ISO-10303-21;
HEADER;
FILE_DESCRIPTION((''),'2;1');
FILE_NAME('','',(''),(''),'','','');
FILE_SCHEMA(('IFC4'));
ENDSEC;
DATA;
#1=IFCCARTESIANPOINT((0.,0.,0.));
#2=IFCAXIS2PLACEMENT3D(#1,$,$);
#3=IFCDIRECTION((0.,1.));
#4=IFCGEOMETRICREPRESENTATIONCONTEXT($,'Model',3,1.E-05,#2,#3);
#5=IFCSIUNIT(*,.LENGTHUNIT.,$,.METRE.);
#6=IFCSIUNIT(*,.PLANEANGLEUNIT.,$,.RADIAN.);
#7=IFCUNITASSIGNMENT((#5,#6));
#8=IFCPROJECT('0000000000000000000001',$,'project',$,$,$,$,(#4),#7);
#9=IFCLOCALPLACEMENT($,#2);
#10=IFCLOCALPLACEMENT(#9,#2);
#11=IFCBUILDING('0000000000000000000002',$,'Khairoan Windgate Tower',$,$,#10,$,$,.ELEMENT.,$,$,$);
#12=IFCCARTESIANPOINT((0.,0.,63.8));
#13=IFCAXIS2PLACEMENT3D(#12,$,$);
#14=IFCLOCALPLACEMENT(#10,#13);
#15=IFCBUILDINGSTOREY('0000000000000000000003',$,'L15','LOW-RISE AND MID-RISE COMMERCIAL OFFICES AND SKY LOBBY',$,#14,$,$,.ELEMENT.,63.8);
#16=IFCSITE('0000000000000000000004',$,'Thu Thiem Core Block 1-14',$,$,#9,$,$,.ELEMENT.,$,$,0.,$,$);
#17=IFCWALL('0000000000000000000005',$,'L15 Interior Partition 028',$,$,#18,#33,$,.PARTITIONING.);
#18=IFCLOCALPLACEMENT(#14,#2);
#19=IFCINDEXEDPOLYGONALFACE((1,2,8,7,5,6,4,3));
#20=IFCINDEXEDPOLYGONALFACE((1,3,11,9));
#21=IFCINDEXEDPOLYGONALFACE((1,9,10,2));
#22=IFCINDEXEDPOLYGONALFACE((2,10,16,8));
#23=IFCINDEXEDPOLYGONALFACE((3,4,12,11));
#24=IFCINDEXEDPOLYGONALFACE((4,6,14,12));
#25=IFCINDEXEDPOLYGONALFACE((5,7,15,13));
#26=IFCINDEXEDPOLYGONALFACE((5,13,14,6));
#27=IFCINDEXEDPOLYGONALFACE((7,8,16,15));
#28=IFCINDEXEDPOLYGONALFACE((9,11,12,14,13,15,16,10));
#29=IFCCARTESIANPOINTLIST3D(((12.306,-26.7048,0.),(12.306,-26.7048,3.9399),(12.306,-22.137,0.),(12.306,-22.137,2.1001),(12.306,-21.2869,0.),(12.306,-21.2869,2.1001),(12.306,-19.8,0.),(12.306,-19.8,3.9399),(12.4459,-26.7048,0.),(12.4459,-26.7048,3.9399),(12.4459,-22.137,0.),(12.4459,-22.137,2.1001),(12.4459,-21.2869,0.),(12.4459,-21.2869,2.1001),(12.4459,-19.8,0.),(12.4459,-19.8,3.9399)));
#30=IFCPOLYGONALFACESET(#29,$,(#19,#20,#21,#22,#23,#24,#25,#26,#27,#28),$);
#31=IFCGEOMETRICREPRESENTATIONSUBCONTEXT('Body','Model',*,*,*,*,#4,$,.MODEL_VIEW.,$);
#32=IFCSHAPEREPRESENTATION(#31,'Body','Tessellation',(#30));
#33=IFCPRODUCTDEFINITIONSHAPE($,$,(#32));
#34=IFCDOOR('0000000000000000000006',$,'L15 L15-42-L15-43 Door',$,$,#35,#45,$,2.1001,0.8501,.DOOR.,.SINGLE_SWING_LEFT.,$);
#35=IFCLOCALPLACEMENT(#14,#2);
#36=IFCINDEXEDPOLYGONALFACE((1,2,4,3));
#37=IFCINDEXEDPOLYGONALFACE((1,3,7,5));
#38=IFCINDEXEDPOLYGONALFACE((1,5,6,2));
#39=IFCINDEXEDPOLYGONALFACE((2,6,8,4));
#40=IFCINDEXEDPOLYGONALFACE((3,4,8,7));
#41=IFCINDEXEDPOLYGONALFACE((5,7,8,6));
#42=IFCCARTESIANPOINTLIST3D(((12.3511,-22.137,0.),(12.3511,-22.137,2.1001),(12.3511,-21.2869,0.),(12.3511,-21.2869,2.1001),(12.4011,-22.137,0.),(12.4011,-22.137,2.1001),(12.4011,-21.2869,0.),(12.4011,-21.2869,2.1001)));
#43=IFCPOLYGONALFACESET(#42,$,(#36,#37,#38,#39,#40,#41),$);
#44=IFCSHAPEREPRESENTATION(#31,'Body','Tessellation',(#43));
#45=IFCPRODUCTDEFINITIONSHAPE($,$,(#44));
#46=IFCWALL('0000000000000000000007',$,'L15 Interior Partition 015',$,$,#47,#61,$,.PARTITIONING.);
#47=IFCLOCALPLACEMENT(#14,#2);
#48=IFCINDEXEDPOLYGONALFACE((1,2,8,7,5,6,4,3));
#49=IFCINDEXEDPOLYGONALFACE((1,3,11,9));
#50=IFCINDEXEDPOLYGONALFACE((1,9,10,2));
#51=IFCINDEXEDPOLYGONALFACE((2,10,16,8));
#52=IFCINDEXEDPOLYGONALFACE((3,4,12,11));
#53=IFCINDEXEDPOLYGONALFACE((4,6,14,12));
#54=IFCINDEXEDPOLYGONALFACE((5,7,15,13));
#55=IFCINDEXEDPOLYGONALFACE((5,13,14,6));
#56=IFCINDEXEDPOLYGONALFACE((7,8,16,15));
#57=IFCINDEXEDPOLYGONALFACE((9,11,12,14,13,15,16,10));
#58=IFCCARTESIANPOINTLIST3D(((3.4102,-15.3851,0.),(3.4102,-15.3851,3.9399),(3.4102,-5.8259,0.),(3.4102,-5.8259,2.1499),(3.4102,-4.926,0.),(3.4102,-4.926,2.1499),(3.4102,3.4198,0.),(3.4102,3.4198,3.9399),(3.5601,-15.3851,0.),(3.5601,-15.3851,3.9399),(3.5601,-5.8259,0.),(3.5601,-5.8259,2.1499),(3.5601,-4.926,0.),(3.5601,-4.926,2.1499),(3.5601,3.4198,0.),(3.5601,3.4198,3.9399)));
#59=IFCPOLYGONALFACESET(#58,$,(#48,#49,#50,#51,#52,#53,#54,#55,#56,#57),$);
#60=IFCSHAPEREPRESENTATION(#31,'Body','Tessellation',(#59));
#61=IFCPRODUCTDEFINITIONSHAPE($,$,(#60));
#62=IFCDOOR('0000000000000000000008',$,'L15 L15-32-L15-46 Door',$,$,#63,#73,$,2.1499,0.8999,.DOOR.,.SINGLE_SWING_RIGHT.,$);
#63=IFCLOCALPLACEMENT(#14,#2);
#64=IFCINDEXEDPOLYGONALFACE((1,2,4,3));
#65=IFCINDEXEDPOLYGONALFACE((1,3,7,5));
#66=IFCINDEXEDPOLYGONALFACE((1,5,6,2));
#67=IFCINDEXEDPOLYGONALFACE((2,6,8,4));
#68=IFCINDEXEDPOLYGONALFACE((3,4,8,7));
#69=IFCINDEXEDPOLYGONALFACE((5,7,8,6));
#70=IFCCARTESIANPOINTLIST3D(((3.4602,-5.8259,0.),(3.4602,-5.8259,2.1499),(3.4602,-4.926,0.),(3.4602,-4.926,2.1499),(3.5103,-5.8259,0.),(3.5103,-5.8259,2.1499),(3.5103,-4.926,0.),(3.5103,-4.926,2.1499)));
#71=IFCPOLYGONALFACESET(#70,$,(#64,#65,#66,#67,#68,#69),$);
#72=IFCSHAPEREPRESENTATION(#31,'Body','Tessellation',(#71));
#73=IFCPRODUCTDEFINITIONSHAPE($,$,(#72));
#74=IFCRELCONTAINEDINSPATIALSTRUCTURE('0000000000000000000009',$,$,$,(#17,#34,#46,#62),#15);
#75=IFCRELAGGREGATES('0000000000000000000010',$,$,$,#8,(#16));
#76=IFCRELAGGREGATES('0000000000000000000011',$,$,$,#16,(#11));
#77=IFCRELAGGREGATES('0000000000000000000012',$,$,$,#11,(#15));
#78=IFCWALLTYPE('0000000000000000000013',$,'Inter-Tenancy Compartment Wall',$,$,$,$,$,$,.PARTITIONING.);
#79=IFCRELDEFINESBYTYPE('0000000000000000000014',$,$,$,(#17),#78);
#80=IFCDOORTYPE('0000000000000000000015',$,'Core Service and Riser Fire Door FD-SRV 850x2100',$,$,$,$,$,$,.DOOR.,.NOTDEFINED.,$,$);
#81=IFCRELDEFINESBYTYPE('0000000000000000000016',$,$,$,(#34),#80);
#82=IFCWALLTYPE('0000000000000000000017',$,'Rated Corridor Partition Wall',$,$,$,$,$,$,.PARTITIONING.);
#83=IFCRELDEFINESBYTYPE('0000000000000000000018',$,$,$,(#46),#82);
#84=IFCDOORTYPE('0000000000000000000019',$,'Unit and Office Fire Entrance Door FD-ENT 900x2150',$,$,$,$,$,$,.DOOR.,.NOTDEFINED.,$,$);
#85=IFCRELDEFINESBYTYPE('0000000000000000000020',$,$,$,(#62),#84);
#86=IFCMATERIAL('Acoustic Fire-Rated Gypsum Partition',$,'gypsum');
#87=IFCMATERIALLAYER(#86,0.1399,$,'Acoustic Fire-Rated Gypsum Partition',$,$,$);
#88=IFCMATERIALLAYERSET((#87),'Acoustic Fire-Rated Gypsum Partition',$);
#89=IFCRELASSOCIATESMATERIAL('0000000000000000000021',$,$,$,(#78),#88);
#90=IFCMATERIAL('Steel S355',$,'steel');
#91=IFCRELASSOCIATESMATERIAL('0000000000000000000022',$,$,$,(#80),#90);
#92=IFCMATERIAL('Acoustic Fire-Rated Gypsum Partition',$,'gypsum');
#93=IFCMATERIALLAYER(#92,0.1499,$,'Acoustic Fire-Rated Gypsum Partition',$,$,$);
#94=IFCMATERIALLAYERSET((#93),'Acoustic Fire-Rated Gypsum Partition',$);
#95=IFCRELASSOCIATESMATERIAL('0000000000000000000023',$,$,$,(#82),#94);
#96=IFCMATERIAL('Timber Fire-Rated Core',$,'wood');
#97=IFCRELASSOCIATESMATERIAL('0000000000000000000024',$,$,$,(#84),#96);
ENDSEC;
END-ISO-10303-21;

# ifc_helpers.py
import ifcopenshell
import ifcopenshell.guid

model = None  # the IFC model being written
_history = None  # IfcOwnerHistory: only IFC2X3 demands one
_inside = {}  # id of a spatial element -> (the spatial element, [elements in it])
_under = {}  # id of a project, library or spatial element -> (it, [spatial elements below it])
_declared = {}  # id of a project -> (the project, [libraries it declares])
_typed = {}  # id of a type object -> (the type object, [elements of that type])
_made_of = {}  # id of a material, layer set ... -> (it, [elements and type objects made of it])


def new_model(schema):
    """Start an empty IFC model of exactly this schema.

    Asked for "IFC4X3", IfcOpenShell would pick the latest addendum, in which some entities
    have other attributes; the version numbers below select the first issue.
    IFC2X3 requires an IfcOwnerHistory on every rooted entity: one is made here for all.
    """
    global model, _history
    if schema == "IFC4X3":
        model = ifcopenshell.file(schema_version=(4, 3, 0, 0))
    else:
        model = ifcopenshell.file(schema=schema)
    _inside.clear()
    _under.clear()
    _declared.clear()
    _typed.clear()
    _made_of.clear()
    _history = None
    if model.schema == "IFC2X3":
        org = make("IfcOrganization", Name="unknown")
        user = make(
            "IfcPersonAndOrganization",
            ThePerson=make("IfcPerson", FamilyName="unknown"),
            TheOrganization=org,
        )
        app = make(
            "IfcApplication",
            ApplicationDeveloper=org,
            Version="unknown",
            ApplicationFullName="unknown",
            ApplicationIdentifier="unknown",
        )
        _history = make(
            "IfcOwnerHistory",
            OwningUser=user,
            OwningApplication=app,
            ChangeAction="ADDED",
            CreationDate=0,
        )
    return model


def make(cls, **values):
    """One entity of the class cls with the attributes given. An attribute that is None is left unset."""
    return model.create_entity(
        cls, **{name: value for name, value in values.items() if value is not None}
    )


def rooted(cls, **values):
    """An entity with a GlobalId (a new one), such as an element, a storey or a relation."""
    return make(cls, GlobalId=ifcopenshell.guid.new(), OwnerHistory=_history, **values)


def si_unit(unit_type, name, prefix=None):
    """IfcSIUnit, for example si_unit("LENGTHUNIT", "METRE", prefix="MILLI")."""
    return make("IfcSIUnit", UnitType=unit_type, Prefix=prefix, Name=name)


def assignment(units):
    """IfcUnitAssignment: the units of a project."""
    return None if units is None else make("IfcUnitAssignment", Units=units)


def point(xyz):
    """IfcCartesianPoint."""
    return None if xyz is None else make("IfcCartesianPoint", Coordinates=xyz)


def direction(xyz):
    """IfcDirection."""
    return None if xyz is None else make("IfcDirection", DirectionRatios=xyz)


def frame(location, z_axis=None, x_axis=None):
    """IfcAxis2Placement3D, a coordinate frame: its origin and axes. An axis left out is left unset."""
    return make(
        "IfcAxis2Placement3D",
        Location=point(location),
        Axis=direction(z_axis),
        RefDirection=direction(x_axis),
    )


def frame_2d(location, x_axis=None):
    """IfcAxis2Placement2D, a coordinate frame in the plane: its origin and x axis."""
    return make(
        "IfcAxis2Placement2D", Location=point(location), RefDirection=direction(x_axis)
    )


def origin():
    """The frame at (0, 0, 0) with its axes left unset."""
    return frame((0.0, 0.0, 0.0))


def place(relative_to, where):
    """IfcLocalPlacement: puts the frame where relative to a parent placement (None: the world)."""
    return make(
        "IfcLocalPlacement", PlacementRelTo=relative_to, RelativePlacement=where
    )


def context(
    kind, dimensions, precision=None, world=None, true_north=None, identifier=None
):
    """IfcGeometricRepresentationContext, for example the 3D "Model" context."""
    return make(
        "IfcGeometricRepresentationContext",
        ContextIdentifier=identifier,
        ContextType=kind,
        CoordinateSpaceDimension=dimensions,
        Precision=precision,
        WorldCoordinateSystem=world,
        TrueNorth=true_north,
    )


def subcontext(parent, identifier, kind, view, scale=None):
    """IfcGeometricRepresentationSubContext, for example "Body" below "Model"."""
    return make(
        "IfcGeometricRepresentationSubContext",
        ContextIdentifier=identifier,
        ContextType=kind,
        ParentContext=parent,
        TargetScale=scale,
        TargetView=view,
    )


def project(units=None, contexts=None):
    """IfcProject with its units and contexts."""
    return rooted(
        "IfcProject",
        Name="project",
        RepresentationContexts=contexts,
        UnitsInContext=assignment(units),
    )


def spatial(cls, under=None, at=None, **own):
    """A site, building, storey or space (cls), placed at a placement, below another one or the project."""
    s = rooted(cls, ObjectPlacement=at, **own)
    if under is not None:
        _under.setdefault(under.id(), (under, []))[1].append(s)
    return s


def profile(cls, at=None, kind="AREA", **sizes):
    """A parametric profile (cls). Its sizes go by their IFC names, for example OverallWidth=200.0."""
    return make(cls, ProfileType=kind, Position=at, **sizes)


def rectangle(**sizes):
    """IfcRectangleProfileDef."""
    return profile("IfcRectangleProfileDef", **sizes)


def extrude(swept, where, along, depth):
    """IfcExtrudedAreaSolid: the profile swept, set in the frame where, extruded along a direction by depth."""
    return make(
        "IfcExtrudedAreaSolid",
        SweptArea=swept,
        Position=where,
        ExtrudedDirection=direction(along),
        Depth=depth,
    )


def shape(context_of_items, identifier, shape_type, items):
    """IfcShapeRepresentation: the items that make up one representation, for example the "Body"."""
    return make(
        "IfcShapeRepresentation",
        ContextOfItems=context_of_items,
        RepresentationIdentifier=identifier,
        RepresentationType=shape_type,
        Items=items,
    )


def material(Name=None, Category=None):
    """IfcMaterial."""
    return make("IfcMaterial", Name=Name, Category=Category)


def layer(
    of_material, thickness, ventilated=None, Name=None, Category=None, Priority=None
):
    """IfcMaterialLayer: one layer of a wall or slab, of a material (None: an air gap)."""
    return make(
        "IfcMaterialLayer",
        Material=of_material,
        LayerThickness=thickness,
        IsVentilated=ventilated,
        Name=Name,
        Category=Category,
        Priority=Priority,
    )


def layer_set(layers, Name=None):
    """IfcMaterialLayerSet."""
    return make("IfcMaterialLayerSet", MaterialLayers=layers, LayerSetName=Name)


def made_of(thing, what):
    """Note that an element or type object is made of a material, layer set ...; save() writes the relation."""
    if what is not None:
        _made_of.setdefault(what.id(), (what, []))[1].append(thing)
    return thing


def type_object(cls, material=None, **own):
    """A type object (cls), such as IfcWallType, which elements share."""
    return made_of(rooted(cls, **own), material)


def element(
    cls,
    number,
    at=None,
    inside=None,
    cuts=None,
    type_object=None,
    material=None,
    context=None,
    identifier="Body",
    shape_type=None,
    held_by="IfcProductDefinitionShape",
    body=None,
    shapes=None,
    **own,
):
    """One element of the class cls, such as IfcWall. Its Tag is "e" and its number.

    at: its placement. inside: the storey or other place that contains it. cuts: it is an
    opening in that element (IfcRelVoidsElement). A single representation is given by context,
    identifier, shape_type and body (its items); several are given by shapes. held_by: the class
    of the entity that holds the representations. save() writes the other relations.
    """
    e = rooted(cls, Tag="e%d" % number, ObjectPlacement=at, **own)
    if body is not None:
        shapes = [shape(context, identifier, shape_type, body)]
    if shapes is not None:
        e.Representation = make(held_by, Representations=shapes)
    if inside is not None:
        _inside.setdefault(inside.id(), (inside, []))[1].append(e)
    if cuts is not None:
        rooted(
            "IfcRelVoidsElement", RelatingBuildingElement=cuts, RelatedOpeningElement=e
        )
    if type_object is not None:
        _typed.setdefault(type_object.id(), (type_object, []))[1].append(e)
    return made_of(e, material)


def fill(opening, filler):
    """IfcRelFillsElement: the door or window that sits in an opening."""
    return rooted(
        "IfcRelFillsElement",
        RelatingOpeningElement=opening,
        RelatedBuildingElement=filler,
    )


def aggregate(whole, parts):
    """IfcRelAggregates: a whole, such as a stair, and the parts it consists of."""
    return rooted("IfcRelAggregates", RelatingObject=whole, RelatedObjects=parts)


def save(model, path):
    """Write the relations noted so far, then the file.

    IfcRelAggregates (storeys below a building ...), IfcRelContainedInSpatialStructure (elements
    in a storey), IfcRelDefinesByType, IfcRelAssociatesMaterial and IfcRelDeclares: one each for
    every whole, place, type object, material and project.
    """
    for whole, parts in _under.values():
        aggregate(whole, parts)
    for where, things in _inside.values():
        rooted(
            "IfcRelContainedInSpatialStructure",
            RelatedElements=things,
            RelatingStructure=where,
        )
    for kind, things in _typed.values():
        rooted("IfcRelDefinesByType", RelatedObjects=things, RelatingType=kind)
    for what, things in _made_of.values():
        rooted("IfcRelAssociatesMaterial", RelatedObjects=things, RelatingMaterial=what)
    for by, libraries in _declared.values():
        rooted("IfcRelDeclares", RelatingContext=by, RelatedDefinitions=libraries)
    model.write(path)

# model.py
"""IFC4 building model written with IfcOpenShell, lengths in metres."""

from ifc_helpers import new_model, si_unit, direction, frame, frame_2d, origin, place, context, subcontext, project, spatial, rectangle, extrude, material, layer, layer_set, type_object, element, fill, save


model = new_model("IFC4")

# Units and contexts
model_context = context("Model", 3, precision=1e-05, world=origin(), true_north=direction((0.0, 1.0)))
body_context = subcontext(model_context, "Body", "Model", "MODEL_VIEW")
ifc_project = project(units=[si_unit("LENGTHUNIT", "METRE"), si_unit("PLANEANGLEUNIT", "RADIAN")], contexts=[model_context])

# Site, building, storey
site_placement = place(None, origin())
site = spatial("IfcSite", under=ifc_project, at=site_placement, Name="Thu Thiem Core Block 1-14", CompositionType="ELEMENT", RefElevation=0.0)
building_placement = place(site_placement, origin())
building = spatial("IfcBuilding", under=site, at=building_placement, Name="Khairoan Windgate Tower", CompositionType="ELEMENT")
storey_placement = place(building_placement, frame((0.0, 0.0, 63.8)))
storey = spatial("IfcBuildingStorey", under=building, at=storey_placement, Name="L15", Description="LOW-RISE AND MID-RISE COMMERCIAL OFFICES AND SKY LOBBY", CompositionType="ELEMENT", Elevation=63.8)

# Walls, openings, doors
ifc_material_1 = material(Name="Acoustic Fire-Rated Gypsum Partition", Category="gypsum")
ifc_layer_1 = layer(ifc_material_1, 0.1399, Name="Acoustic Fire-Rated Gypsum Partition")
ifc_layer_set_1 = layer_set([ifc_layer_1], Name="Acoustic Fire-Rated Gypsum Partition")
wall_type_1 = type_object("IfcWallType", Name="Inter-Tenancy Compartment Wall", PredefinedType="PARTITIONING", material=ifc_layer_set_1)
wall_1_placement = place(storey_placement, frame((12.376, -26.7048, 0.0), z_axis=(0.0, 0.0, 1.0), x_axis=(0.0, 1.0, 0.0)))
wall_1 = element("IfcWall", 1, at=wall_1_placement, inside=storey, type_object=wall_type_1, Name="L15 Interior Partition 028", PredefinedType="PARTITIONING", context=body_context, shape_type="SweptSolid", body=[
    extrude(rectangle(XDim=6.9048, YDim=0.1399, at=frame_2d((3.4524, 0.0))), origin(), (0.0, 0.0, 1.0), 3.9399),
])
opening_1_placement = place(wall_1_placement, frame((4.5679, 0.0, 0.0)))
opening_1 = element("IfcOpeningElement", 2, at=opening_1_placement, cuts=wall_1, PredefinedType="OPENING", context=body_context, shape_type="SweptSolid", body=[
    extrude(rectangle(XDim=0.8501, YDim=2.1001, at=frame_2d((0.425, 1.05))), frame((0.0, 0.0798, 0.0), z_axis=(0.0, -1.0, 0.0), x_axis=(1.0, 0.0, 0.0)), (0.0, 0.0, 1.0), 0.1599),
])
ifc_material_2 = material(Name="Steel S355", Category="steel")
door_type_1 = type_object("IfcDoorType", Name="Core Service and Riser Fire Door FD-SRV 850x2100", OperationType="NOTDEFINED", PredefinedType="DOOR", material=ifc_material_2)
door_1_placement = place(opening_1_placement, origin())
door_1 = element("IfcDoor", 3, at=door_1_placement, inside=storey, type_object=door_type_1, Name="L15 L15-42-L15-43 Door", OperationType="SINGLE_SWING_LEFT", OverallHeight=2.1001, OverallWidth=0.8501, PredefinedType="DOOR", context=body_context, shape_type="SweptSolid", body=[
    extrude(rectangle(XDim=0.8501, YDim=2.1001, at=frame_2d((0.425, 1.05))), frame((0.0, 0.0249, 0.0), z_axis=(0.0, -1.0, 0.0), x_axis=(1.0, 0.0, 0.0)), (0.0, 0.0, 1.0), 0.05),
])
fill(opening_1, door_1)
ifc_material_3 = material(Name="Acoustic Fire-Rated Gypsum Partition", Category="gypsum")
ifc_layer_2 = layer(ifc_material_3, 0.1499, Name="Acoustic Fire-Rated Gypsum Partition")
ifc_layer_set_2 = layer_set([ifc_layer_2], Name="Acoustic Fire-Rated Gypsum Partition")
wall_type_2 = type_object("IfcWallType", Name="Rated Corridor Partition Wall", PredefinedType="PARTITIONING", material=ifc_layer_set_2)
wall_2_placement = place(storey_placement, frame((3.4851, -15.385, 0.0), z_axis=(0.0, 0.0, 1.0), x_axis=(0.0, 1.0, 0.0)))
wall_2 = element("IfcWall", 4, at=wall_2_placement, inside=storey, type_object=wall_type_2, Name="L15 Interior Partition 015", PredefinedType="PARTITIONING", context=body_context, shape_type="SweptSolid", body=[
    extrude(rectangle(XDim=18.8049, YDim=0.1499, at=frame_2d((9.4023, 0.0))), origin(), (0.0, 0.0, 1.0), 3.9399),
])
opening_2_placement = place(wall_2_placement, frame((9.5591, 0.0, 0.0)))
opening_2 = element("IfcOpeningElement", 5, at=opening_2_placement, cuts=wall_2, PredefinedType="OPENING", context=body_context, shape_type="SweptSolid", body=[
    extrude(rectangle(XDim=0.8999, YDim=2.1499, at=frame_2d((0.45, 1.075))), frame((0.0, 0.085, 0.0), z_axis=(0.0, -1.0, 0.0), x_axis=(1.0, 0.0, 0.0)), (0.0, 0.0, 1.0), 0.1699),
])
ifc_material_4 = material(Name="Timber Fire-Rated Core", Category="wood")
door_type_2 = type_object("IfcDoorType", Name="Unit and Office Fire Entrance Door FD-ENT 900x2150", OperationType="NOTDEFINED", PredefinedType="DOOR", material=ifc_material_4)
door_2_placement = place(opening_2_placement, origin())
door_2 = element("IfcDoor", 6, at=door_2_placement, inside=storey, type_object=door_type_2, Name="L15 L15-32-L15-46 Door", OperationType="SINGLE_SWING_RIGHT", OverallHeight=2.1499, OverallWidth=0.8999, PredefinedType="DOOR", context=body_context, shape_type="SweptSolid", body=[
    extrude(rectangle(XDim=0.8999, YDim=2.1499, at=frame_2d((0.45, 1.075))), frame((0.0, 0.0249, 0.0), z_axis=(0.0, -1.0, 0.0), x_axis=(1.0, 0.0, 0.0)), (0.0, 0.0, 1.0), 0.05),
])
fill(opening_2, door_2)

save(model, "model.ifc")
